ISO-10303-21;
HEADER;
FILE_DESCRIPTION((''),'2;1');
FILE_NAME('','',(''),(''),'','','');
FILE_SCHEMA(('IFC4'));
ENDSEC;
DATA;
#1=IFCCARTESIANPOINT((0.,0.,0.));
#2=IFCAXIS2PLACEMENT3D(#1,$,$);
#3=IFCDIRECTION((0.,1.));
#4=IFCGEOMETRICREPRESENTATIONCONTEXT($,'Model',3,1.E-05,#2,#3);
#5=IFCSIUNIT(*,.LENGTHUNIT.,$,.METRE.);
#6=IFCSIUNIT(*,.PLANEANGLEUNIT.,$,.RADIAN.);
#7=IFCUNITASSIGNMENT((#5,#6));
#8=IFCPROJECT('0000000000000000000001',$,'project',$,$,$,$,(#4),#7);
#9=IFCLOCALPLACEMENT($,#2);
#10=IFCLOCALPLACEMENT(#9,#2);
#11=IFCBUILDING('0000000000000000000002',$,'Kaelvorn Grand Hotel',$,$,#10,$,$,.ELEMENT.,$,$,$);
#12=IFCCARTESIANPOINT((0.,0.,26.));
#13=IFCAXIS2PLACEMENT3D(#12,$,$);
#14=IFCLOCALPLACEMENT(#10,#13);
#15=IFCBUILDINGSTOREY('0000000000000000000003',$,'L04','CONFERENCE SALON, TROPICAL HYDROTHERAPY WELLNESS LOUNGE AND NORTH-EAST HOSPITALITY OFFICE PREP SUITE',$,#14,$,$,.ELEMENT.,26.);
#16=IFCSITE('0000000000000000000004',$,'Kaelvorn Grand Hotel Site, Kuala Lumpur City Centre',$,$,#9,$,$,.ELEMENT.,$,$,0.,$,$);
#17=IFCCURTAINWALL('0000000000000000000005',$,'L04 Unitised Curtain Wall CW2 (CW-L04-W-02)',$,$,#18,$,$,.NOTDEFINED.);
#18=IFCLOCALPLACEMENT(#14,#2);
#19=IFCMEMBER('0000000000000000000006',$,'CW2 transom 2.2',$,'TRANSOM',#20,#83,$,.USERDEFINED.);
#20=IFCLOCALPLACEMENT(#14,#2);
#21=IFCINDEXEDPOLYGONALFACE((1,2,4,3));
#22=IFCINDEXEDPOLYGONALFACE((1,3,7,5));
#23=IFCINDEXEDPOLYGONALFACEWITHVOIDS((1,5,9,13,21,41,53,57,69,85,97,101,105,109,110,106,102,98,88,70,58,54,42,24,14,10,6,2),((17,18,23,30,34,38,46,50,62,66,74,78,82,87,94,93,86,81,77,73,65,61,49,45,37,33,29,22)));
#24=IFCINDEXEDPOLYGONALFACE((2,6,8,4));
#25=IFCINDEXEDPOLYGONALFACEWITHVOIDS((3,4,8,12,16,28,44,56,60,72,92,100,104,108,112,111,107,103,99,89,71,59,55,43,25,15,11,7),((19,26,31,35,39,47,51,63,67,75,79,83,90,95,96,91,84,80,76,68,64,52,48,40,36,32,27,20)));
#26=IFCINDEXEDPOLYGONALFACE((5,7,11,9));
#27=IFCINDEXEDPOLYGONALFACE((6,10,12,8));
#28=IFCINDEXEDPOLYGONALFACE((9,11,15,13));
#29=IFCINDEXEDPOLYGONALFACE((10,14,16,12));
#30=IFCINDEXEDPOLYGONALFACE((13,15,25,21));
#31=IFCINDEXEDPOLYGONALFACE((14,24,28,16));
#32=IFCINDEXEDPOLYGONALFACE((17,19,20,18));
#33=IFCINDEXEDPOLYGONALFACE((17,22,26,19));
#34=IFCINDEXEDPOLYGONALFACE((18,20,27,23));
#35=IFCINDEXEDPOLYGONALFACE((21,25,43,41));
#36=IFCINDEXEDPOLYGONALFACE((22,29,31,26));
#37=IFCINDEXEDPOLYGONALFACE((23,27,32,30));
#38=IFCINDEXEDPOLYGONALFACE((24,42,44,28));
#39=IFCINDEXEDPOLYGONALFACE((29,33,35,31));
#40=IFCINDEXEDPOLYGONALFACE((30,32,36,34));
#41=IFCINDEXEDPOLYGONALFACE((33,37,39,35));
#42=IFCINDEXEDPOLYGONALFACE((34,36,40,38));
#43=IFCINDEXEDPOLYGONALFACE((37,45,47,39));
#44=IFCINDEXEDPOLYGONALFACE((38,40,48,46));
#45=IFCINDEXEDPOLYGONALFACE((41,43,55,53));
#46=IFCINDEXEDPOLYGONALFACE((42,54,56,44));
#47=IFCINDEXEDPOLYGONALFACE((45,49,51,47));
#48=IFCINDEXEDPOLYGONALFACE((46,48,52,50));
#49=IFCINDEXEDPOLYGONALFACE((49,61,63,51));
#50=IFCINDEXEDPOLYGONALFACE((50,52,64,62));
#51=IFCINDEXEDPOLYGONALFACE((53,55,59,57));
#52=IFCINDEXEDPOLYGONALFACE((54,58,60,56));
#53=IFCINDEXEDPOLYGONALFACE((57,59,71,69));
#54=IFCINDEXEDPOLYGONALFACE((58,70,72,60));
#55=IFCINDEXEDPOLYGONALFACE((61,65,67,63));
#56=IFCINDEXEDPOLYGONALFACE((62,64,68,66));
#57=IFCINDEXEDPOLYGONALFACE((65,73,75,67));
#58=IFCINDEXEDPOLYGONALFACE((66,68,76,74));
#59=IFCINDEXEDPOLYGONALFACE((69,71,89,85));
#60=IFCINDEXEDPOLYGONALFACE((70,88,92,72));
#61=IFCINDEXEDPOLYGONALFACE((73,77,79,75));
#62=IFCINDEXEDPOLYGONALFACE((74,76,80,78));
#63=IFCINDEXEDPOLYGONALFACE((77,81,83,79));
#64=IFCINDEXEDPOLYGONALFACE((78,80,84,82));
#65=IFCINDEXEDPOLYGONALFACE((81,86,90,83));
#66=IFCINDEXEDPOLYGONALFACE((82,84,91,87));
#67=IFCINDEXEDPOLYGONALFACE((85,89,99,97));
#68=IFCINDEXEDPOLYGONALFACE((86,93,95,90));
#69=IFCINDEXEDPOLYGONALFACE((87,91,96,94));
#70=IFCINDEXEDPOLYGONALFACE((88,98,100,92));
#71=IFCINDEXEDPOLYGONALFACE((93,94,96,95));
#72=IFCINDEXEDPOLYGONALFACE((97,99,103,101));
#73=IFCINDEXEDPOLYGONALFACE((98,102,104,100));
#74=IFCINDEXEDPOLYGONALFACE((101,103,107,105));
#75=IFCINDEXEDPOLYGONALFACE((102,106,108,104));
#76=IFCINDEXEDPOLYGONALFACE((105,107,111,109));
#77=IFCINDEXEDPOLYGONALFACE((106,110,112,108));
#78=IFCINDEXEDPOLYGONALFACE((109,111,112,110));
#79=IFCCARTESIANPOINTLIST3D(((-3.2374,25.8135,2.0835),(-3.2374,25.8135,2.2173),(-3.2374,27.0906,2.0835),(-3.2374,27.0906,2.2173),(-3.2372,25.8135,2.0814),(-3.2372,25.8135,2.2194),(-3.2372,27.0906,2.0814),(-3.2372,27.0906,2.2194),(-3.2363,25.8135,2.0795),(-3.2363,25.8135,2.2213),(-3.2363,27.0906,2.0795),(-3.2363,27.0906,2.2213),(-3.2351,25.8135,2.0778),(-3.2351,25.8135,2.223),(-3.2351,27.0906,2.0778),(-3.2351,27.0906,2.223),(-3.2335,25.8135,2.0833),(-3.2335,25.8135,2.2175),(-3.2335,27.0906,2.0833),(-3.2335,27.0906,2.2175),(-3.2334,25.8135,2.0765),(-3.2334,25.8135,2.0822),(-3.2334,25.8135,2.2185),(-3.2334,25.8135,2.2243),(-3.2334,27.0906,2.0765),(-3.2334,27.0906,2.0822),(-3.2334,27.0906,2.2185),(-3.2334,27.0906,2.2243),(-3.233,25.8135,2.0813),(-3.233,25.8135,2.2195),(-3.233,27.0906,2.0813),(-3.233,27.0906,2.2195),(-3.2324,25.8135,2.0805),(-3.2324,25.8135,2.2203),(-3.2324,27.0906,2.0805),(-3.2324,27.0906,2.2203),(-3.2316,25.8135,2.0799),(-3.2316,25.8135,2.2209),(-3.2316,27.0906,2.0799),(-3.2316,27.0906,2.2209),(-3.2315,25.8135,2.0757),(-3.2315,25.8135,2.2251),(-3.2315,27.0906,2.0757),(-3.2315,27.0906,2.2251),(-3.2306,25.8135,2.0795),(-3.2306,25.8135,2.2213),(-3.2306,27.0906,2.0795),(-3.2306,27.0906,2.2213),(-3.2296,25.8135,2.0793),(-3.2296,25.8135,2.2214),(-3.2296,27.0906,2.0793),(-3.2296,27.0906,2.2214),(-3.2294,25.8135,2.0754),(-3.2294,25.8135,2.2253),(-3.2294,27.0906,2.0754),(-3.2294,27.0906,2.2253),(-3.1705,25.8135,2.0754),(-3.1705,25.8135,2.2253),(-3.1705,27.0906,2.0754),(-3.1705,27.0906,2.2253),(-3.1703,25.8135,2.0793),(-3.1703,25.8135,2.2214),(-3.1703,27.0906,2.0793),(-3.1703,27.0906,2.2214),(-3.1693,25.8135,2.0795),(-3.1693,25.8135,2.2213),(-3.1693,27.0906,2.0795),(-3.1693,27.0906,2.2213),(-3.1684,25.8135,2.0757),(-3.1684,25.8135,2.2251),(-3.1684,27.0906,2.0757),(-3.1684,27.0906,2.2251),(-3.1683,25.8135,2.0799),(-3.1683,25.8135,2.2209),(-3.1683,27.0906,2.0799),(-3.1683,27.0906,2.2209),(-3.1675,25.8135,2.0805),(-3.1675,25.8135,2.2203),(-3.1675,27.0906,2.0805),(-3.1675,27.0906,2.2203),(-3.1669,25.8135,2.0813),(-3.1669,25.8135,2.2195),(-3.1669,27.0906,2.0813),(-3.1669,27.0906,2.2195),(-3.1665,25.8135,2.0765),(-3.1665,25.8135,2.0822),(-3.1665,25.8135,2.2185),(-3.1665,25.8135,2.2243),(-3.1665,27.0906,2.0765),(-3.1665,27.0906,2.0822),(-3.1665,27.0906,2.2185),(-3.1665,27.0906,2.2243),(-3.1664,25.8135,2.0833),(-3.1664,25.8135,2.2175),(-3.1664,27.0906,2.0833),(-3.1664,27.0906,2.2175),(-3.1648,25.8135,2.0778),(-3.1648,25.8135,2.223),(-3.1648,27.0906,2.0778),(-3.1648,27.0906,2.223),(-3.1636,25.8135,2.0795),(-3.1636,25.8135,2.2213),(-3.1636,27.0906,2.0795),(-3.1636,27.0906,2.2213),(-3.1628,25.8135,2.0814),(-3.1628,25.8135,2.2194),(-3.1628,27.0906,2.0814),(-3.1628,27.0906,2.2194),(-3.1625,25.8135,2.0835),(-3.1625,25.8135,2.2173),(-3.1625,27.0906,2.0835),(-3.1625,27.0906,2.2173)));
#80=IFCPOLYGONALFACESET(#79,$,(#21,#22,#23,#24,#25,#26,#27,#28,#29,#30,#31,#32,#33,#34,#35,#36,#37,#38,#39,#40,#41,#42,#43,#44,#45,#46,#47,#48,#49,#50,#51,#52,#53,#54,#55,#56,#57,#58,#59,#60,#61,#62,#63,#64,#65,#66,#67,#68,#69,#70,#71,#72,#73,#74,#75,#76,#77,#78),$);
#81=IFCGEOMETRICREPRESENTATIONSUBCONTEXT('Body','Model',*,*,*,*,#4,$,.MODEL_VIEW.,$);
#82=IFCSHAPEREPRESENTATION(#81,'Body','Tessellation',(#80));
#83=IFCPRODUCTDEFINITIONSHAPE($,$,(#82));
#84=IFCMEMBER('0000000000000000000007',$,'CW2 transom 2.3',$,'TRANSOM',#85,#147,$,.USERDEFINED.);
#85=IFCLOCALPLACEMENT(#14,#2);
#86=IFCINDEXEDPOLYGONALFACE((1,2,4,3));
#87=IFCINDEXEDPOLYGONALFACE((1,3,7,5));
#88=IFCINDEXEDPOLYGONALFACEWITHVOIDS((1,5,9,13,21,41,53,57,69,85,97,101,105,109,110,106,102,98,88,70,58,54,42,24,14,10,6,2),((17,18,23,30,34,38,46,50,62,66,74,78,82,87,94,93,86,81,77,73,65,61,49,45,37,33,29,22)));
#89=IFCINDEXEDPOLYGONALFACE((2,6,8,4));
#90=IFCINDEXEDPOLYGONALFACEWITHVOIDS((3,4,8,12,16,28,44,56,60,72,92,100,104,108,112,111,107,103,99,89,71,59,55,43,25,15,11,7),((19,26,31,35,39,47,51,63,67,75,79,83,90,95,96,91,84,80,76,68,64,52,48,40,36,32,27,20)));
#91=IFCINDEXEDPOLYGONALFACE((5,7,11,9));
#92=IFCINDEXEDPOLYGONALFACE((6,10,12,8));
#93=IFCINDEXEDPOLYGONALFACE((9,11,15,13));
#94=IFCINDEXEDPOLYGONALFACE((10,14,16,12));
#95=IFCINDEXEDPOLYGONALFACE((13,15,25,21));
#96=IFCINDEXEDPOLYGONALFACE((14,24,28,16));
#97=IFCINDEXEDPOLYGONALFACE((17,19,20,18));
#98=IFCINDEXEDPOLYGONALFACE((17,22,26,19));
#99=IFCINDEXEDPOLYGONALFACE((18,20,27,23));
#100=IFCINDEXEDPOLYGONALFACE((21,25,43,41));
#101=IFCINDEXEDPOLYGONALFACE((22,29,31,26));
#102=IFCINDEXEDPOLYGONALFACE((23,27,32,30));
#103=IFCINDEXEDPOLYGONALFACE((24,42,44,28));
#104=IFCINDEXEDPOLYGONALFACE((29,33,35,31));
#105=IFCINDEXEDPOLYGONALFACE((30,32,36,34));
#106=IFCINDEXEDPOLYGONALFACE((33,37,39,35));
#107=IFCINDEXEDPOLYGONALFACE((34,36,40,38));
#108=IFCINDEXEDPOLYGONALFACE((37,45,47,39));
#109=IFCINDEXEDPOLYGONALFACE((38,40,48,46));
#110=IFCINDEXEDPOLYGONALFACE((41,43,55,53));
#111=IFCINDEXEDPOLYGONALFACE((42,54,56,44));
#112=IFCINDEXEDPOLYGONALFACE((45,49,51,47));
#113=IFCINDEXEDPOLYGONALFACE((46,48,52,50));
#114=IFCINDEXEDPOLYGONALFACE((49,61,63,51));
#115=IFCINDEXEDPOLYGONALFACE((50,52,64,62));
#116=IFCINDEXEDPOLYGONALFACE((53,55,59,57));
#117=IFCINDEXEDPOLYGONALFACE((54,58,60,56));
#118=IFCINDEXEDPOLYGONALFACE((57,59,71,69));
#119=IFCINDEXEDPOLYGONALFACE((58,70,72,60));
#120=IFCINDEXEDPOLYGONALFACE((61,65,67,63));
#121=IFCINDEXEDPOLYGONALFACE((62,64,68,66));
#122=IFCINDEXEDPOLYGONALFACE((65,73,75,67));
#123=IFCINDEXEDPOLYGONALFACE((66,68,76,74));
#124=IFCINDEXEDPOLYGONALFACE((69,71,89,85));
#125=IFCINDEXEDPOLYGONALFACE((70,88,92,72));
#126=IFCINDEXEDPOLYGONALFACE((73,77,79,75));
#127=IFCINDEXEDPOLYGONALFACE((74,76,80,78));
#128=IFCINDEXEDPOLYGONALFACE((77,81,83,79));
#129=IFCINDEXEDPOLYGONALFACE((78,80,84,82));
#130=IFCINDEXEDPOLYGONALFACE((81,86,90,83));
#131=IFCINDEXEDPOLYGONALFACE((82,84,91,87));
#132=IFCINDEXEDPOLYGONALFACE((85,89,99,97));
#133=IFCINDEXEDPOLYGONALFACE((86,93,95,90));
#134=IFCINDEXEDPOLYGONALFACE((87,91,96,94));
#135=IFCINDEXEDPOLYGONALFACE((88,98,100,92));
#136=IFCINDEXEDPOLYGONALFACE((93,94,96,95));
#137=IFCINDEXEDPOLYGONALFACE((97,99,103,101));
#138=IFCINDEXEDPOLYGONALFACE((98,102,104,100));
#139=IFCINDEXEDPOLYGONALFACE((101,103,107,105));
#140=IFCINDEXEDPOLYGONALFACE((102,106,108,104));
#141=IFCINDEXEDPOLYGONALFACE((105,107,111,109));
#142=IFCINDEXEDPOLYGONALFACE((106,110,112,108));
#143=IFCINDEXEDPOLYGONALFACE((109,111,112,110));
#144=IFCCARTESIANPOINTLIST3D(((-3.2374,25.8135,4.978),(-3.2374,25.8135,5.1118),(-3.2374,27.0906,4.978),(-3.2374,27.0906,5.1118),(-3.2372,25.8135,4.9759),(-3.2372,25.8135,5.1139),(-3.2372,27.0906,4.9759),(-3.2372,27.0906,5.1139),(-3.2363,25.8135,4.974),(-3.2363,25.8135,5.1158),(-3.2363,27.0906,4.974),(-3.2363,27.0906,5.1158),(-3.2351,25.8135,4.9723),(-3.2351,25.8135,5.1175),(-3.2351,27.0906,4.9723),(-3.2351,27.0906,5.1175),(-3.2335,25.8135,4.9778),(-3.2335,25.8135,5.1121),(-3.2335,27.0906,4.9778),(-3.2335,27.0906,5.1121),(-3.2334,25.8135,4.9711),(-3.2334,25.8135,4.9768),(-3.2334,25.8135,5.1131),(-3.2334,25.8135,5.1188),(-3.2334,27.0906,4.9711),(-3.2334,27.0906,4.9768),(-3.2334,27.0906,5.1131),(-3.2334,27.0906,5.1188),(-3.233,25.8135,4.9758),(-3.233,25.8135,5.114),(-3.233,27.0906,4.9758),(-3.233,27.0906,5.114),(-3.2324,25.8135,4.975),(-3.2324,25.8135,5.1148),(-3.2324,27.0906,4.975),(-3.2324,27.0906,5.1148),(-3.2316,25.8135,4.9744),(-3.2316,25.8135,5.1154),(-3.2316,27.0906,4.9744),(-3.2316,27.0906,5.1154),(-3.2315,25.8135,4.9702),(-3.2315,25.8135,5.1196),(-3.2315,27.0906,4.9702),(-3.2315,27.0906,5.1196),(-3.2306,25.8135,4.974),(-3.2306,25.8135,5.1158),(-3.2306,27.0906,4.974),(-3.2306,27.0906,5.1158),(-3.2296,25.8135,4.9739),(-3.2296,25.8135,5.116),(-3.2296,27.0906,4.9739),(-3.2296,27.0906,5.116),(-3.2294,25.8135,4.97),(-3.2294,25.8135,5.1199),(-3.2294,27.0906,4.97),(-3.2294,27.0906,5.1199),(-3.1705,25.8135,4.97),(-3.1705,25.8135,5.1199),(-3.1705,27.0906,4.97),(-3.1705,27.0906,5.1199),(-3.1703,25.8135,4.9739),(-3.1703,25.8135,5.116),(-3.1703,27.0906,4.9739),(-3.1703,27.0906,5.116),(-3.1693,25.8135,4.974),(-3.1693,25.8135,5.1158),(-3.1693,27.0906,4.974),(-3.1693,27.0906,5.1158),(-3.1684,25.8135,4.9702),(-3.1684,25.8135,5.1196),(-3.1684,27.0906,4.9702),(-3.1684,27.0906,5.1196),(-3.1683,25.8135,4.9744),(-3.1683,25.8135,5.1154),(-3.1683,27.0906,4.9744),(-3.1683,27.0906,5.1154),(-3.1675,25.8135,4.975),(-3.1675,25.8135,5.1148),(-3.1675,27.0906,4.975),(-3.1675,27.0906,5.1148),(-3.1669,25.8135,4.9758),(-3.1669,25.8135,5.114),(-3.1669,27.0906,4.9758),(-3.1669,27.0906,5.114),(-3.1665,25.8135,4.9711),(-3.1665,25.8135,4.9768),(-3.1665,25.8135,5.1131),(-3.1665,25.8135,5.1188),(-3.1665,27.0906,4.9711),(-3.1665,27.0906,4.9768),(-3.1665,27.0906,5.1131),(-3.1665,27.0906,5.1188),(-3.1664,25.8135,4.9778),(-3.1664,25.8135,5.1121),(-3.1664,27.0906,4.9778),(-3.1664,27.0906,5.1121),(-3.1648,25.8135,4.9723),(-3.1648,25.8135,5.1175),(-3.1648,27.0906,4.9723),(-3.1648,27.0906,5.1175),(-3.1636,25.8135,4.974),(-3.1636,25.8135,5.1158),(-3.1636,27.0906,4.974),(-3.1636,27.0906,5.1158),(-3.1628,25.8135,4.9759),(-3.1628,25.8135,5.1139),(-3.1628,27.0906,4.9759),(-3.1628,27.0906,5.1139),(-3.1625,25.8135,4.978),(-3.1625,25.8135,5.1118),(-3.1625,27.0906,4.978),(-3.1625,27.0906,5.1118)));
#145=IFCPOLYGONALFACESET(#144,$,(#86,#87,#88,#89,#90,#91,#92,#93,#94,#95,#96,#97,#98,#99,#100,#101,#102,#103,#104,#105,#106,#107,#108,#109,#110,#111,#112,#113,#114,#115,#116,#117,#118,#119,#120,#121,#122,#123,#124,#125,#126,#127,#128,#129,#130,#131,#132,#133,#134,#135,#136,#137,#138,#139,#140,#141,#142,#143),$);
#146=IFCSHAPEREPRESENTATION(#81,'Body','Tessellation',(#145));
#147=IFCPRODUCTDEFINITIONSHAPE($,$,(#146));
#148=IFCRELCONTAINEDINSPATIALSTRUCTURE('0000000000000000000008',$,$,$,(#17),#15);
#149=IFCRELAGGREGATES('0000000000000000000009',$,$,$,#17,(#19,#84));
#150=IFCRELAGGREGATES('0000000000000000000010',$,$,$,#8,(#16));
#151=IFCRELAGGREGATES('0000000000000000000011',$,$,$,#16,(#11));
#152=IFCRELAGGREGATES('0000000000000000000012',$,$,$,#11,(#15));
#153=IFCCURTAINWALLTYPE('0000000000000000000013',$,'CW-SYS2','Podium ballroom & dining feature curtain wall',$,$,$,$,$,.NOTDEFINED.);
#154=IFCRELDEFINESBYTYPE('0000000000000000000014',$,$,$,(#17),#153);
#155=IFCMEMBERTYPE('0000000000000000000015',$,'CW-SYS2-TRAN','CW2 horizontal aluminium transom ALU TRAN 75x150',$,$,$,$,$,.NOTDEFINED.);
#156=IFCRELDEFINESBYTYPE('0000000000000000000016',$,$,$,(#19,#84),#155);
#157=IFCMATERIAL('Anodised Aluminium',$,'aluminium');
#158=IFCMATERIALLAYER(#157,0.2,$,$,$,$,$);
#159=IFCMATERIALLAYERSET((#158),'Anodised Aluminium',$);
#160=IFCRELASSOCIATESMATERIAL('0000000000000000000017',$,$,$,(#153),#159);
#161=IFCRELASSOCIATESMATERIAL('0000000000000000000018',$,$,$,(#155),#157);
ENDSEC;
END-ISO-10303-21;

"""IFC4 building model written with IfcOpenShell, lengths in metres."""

from ifc_helpers import new_model, si_unit, direction, frame, origin, origin_2d, place, context, subcontext, project, spatial, hollow_rectangle, extrude, material, layer, layer_set, material_profile, profile_set, type_object, element, aggregate, save


model = new_model("IFC4")

# Units and contexts
model_context = context("Model", 3, precision=1e-05, world=origin(), true_north=direction((0.0, 1.0)))
body_context = subcontext(model_context, "Body", "Model", "MODEL_VIEW")
ifc_project = project(units=[si_unit("LENGTHUNIT", "METRE"), si_unit("PLANEANGLEUNIT", "RADIAN")], contexts=[model_context])

# Site, building, storey
site_placement = place(None, origin())
site = spatial("IfcSite", under=ifc_project, at=site_placement, Name="Kaelvorn Grand Hotel Site, Kuala Lumpur City Centre", CompositionType="ELEMENT", RefElevation=0.0)
building_placement = place(site_placement, origin())
building = spatial("IfcBuilding", under=site, at=building_placement, Name="Kaelvorn Grand Hotel", CompositionType="ELEMENT")
storey_placement = place(building_placement, frame((0.0, 0.0, 26.0)))
storey = spatial("IfcBuildingStorey", under=building, at=storey_placement, Name="L04", Description="CONFERENCE SALON, TROPICAL HYDROTHERAPY WELLNESS LOUNGE AND NORTH-EAST HOSPITALITY OFFICE PREP SUITE", CompositionType="ELEMENT", Elevation=26.0)

# Curtain wall
ifc_material_1 = material(Name="Anodised Aluminium", Category="aluminium")
ifc_layer_1 = layer(ifc_material_1, 0.2)
ifc_layer_set_1 = layer_set([ifc_layer_1], Name="Anodised Aluminium")
curtain_wall_type = type_object("IfcCurtainWallType", Name="CW-SYS2", Description="Podium ballroom & dining feature curtain wall", PredefinedType="NOTDEFINED", material=ifc_layer_set_1)
curtain_wall_1_placement = place(storey_placement, origin())
curtain_wall_1 = element("IfcCurtainWall", 1, at=curtain_wall_1_placement, inside=storey, type_object=curtain_wall_type, Name="L04 Unitised Curtain Wall CW2 (CW-L04-W-02)", PredefinedType="NOTDEFINED")

# Members
ifc_material_profile_1 = material_profile(ifc_material_1, hollow_rectangle(XDim=0.075, YDim=0.1499, WallThickness=0.0039, InnerFilletRadius=0.0039, OuterFilletRadius=0.0081, at=origin_2d()), Name="ALU TRAN 75x150")
ifc_profile_set_1 = profile_set([ifc_material_profile_1], Name="Anodised Aluminium")
member_type_1 = type_object("IfcMemberType", Name="CW-SYS2-TRAN", Description="CW2 horizontal aluminium transom ALU TRAN 75x150", PredefinedType="NOTDEFINED", material=ifc_profile_set_1)
member_1_placement = place(storey_placement, frame((-3.2, 27.0906, 2.1504), z_axis=(0.0, -1.0, 0.0), x_axis=(1.0, 0.0, 0.0)))
member_1 = element("IfcMember", 2, at=member_1_placement, type_object=member_type_1, Name="CW2 transom 2.2", ObjectType="TRANSOM", PredefinedType="USERDEFINED", context=body_context, shape_type="SweptSolid", body=[
    extrude(hollow_rectangle(XDim=0.075, YDim=0.1499, WallThickness=0.0039, InnerFilletRadius=0.0039, OuterFilletRadius=0.0081, at=origin_2d()), origin(), (0.0, 0.0, 1.0), 1.2771),
])
member_2_placement = place(storey_placement, frame((-3.2, 27.0906, 5.0449), z_axis=(0.0, -1.0, 0.0), x_axis=(1.0, 0.0, 0.0)))
member_2 = element("IfcMember", 3, at=member_2_placement, type_object=member_type_1, Name="CW2 transom 2.3", ObjectType="TRANSOM", PredefinedType="USERDEFINED", context=body_context, shape_type="SweptSolid", body=[
    extrude(hollow_rectangle(XDim=0.075, YDim=0.1499, WallThickness=0.0039, InnerFilletRadius=0.0039, OuterFilletRadius=0.0081, at=origin_2d()), origin(), (0.0, 0.0, 1.0), 1.2771),
])

aggregate(curtain_wall_1, [member_1, member_2])

save(model, "model.ifc")
